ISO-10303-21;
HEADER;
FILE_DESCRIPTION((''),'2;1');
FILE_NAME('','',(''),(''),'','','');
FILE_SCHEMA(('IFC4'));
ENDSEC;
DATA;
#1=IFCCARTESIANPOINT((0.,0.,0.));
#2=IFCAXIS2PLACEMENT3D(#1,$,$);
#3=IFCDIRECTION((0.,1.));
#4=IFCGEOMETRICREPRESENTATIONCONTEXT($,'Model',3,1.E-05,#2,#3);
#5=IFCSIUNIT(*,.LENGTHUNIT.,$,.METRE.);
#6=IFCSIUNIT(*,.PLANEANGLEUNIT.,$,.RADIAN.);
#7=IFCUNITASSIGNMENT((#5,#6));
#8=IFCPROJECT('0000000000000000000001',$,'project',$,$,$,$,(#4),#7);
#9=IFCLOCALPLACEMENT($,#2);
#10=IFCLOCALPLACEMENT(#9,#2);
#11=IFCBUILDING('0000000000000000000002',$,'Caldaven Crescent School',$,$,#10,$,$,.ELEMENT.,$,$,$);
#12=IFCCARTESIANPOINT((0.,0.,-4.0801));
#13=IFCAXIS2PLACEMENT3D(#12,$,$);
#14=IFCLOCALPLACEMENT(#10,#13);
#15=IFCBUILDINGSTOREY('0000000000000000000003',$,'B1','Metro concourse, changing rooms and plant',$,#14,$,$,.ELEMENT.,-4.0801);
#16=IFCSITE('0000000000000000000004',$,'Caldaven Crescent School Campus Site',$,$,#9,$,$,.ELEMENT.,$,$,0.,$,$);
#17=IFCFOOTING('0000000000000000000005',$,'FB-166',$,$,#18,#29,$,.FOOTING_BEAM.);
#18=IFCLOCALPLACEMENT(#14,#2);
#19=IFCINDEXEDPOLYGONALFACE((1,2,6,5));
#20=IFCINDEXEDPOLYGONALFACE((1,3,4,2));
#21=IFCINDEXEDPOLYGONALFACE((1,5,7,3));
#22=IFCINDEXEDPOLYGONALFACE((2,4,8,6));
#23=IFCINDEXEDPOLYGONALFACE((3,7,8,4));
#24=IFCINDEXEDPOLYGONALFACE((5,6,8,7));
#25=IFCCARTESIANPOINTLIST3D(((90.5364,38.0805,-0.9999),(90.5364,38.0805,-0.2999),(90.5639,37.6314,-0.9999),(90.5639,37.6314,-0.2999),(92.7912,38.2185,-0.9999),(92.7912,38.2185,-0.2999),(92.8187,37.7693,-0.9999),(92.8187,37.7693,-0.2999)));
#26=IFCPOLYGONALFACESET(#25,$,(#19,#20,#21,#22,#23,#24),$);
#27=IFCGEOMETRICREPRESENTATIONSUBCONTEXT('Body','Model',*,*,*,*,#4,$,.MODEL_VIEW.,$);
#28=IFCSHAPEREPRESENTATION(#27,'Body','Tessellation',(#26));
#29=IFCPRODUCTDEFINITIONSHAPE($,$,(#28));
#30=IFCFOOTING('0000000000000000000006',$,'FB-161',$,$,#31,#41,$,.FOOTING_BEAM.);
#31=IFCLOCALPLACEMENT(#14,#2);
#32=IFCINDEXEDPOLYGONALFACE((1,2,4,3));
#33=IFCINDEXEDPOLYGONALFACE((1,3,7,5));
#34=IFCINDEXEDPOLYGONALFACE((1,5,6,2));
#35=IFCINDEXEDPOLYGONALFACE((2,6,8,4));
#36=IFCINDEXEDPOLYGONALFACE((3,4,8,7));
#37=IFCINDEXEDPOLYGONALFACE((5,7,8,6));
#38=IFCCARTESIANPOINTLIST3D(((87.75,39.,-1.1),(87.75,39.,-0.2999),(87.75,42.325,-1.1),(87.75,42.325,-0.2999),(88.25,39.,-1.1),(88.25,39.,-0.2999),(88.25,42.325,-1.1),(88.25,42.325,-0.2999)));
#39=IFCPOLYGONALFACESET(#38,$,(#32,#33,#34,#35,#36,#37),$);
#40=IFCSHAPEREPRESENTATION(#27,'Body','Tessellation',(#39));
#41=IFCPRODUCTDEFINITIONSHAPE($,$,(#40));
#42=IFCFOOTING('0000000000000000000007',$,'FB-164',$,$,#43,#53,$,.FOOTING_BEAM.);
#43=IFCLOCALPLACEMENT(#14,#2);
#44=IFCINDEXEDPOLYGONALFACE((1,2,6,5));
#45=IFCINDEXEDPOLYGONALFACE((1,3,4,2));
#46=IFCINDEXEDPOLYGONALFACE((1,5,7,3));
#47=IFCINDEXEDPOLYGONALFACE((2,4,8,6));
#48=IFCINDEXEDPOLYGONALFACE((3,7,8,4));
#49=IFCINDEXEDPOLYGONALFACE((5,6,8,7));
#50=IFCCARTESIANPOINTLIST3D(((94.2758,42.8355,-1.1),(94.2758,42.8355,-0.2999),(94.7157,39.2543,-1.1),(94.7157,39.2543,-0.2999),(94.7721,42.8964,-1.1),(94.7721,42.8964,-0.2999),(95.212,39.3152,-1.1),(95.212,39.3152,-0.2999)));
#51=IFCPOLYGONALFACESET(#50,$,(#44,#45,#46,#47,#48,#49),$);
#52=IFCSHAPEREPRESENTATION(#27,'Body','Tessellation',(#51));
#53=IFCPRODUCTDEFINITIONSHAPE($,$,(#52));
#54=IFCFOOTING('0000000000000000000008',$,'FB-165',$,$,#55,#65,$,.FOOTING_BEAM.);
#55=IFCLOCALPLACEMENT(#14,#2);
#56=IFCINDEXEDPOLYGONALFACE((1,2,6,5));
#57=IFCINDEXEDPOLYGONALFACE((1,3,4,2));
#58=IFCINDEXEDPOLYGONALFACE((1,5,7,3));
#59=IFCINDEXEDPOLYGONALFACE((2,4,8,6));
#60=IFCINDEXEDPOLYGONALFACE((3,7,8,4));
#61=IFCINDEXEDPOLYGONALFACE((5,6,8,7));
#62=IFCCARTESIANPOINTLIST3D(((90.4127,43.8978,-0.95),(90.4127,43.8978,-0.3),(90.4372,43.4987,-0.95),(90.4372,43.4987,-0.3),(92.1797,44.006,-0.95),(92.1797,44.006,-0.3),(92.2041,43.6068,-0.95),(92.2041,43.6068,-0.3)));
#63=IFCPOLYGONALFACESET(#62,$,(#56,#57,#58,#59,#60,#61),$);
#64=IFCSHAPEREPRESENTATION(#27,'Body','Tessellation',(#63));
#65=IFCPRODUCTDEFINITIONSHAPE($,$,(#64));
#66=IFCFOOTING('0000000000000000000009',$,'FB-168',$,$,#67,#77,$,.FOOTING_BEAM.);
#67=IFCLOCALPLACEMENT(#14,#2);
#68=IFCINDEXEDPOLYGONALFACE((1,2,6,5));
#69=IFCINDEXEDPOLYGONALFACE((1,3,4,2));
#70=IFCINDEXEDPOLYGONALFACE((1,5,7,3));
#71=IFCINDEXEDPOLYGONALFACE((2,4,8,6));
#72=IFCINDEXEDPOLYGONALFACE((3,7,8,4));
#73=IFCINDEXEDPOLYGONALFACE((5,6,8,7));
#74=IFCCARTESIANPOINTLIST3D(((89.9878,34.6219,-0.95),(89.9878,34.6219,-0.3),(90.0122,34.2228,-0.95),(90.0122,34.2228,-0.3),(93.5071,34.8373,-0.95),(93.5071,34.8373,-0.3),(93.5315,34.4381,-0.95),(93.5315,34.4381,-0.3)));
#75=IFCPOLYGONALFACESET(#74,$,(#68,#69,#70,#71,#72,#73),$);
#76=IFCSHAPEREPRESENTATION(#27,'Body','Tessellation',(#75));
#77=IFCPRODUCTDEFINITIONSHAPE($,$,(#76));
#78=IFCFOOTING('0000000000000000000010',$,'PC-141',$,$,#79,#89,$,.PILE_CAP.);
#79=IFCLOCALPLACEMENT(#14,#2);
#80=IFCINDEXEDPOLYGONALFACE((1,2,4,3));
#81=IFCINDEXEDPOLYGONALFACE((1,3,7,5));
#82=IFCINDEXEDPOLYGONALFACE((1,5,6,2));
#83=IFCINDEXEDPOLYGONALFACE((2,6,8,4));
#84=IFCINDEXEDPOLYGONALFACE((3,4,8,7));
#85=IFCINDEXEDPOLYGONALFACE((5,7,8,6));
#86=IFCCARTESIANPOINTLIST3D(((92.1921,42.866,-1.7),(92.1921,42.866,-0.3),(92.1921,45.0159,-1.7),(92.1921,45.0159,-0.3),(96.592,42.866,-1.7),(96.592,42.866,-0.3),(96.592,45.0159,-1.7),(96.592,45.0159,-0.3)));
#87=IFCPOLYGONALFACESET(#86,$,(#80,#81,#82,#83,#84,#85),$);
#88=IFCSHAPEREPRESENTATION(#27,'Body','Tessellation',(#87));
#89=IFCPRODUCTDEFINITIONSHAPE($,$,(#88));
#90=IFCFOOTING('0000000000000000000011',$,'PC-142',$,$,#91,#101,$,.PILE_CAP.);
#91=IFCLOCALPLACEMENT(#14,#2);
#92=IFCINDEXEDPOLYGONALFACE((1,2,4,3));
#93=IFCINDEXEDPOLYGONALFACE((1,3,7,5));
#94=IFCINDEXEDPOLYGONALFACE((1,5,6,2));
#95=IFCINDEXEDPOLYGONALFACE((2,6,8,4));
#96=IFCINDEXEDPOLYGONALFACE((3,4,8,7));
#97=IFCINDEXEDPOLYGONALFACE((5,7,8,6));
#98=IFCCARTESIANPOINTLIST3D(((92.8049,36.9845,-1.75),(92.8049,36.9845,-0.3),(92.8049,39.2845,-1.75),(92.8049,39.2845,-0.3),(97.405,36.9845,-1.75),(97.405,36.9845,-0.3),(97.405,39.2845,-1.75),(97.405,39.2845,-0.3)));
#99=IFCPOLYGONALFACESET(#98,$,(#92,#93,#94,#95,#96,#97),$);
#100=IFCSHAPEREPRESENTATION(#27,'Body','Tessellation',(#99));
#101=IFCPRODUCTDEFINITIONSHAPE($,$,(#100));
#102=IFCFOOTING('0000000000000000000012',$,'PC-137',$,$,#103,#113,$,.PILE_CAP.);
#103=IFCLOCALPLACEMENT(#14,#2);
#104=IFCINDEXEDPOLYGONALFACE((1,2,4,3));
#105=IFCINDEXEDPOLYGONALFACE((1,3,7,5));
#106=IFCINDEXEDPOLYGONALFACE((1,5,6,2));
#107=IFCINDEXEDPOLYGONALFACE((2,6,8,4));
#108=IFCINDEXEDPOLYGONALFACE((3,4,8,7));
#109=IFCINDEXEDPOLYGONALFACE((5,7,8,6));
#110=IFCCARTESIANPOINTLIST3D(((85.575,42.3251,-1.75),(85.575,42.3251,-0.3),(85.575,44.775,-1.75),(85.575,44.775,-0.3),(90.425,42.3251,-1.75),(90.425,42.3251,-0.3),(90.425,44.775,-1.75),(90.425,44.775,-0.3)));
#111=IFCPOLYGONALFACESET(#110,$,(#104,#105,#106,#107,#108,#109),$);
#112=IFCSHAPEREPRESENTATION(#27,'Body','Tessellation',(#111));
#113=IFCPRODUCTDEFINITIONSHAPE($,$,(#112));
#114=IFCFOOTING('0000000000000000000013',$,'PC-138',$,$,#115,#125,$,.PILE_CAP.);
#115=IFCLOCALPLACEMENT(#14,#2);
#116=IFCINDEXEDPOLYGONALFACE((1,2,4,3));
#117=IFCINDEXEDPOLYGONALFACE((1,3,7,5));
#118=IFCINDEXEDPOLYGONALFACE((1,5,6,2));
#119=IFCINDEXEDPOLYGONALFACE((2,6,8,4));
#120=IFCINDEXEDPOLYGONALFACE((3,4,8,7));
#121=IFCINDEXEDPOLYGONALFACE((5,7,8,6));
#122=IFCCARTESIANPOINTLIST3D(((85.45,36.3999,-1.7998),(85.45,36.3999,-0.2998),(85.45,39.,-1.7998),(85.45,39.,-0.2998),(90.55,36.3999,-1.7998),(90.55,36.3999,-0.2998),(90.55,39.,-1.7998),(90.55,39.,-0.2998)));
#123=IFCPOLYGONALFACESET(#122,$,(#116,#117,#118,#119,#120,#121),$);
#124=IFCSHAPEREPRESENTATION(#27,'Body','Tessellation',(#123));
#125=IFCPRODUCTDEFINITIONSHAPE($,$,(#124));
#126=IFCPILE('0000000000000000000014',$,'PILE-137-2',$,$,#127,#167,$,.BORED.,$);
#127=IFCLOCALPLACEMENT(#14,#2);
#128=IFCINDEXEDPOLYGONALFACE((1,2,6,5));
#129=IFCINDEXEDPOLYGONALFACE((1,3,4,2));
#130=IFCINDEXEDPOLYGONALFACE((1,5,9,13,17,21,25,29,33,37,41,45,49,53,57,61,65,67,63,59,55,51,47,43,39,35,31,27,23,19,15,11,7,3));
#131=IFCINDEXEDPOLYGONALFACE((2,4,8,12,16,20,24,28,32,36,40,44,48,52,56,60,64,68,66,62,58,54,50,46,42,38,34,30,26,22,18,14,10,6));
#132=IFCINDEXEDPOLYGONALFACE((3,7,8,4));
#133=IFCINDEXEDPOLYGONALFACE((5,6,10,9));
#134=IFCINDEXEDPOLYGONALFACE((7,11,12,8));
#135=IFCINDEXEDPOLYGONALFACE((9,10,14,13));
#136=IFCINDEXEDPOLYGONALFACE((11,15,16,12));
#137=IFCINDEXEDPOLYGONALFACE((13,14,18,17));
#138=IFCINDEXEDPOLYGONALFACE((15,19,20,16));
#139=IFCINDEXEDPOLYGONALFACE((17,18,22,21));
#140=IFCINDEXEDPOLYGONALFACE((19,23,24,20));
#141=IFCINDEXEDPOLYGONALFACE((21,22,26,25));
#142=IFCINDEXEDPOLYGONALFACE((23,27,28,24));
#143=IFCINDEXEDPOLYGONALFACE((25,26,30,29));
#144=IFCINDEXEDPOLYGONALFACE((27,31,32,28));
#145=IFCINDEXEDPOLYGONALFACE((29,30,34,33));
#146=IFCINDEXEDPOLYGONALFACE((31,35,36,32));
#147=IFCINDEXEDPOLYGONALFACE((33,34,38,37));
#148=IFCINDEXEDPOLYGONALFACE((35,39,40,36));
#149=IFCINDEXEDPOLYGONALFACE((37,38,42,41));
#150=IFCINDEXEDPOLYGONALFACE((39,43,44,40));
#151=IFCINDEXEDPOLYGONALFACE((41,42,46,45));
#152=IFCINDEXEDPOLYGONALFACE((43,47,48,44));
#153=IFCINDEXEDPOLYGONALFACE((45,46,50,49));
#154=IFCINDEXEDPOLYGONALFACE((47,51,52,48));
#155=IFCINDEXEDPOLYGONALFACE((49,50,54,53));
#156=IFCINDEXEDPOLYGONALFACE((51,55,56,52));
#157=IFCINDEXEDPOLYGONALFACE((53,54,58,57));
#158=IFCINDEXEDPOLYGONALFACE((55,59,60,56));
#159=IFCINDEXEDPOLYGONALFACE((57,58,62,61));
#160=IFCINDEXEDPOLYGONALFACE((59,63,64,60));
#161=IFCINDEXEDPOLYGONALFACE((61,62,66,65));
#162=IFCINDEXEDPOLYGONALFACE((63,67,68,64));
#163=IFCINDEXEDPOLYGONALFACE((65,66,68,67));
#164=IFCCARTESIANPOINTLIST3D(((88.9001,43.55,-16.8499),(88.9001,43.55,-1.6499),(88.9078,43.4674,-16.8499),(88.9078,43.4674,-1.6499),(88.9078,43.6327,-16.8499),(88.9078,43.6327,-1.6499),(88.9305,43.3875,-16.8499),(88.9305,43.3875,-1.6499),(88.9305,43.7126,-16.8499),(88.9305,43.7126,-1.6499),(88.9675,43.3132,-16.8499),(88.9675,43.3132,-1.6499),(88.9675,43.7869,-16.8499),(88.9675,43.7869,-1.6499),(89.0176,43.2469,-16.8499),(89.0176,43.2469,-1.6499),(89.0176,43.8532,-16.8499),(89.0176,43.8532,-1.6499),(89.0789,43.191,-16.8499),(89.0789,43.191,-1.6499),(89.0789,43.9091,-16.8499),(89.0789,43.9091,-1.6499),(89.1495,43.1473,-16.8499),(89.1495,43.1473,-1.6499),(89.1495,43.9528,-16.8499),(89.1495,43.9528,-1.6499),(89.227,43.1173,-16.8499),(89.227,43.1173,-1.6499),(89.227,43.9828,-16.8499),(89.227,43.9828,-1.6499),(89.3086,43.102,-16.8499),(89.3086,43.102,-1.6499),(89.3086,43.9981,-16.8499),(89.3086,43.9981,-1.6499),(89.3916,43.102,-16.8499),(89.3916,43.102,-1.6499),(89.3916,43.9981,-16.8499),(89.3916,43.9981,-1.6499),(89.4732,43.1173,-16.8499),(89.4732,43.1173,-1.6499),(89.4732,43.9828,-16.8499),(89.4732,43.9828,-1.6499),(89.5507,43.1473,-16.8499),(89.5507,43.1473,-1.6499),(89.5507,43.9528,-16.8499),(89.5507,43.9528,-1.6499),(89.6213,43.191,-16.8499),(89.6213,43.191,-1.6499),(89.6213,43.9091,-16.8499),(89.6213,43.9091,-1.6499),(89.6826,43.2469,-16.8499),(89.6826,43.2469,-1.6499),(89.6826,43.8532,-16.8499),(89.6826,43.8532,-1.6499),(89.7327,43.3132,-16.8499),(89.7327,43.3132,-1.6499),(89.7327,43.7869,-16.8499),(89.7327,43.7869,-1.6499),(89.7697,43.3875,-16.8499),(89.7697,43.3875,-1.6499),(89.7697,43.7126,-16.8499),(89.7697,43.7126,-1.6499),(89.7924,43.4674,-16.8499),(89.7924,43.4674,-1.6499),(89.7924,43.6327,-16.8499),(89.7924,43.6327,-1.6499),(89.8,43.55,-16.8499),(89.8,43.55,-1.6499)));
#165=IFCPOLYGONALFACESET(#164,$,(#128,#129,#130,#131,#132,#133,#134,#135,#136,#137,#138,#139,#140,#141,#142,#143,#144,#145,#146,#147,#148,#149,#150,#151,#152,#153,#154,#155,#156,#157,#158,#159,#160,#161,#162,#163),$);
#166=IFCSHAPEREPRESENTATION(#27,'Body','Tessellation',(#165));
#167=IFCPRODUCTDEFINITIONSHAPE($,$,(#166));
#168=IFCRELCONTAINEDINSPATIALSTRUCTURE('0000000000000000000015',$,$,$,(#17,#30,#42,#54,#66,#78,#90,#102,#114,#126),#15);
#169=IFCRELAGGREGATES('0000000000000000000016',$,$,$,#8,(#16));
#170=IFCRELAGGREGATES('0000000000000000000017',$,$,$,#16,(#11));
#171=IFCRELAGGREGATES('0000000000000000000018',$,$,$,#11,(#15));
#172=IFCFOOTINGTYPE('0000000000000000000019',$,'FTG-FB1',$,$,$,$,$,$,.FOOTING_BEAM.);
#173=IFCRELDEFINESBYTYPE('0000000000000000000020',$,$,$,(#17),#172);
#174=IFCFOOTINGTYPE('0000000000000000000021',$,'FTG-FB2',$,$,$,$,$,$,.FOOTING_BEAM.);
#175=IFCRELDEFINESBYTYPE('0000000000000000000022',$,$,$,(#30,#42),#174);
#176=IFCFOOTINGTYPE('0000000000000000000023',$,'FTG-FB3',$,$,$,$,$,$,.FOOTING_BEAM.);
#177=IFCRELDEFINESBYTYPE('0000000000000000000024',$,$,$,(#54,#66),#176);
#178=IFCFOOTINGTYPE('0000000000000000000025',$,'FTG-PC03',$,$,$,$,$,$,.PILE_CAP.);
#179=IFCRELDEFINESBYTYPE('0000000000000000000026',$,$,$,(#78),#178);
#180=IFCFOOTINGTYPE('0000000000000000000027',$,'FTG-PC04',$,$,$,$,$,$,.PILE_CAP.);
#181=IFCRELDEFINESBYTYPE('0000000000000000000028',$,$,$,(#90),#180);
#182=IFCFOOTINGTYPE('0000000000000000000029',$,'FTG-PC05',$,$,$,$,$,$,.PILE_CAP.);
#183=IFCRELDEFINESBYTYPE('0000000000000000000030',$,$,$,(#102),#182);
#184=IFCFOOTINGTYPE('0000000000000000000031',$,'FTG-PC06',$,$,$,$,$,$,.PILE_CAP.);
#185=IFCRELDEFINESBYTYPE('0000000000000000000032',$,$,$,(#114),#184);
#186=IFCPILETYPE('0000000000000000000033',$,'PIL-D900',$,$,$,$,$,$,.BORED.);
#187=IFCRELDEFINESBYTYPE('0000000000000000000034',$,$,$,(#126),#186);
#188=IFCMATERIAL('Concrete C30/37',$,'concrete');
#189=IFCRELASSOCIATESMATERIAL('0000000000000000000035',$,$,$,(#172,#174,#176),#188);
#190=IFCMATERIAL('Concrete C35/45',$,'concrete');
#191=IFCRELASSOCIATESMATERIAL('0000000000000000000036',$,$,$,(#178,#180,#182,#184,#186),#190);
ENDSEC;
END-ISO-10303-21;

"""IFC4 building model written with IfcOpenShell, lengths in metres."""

from ifc_helpers import new_model, si_unit, direction, frame, origin, origin_2d, place, context, subcontext, project, spatial, rectangle, circle, extrude, material, material_profile, profile_set, type_object, element, save


model = new_model("IFC4")

# Units and contexts
model_context = context("Model", 3, precision=1e-05, world=origin(), true_north=direction((0.0, 1.0)))
body_context = subcontext(model_context, "Body", "Model", "MODEL_VIEW")
ifc_project = project(units=[si_unit("LENGTHUNIT", "METRE"), si_unit("PLANEANGLEUNIT", "RADIAN")], contexts=[model_context])

# Site, building, storey
site_placement = place(None, origin())
site = spatial("IfcSite", under=ifc_project, at=site_placement, Name="Caldaven Crescent School Campus Site", CompositionType="ELEMENT", RefElevation=0.0)
building_placement = place(site_placement, origin())
building = spatial("IfcBuilding", under=site, at=building_placement, Name="Caldaven Crescent School", CompositionType="ELEMENT")
storey_placement = place(building_placement, frame((0.0, 0.0, -4.0801)))
storey = spatial("IfcBuildingStorey", under=building, at=storey_placement, Name="B1", Description="Metro concourse, changing rooms and plant", CompositionType="ELEMENT", Elevation=-4.0801)

# Footings
ifc_material_1 = material(Name="Concrete C30/37", Category="concrete")
ifc_material_profile_1 = material_profile(ifc_material_1, rectangle(XDim=0.45, YDim=0.7, at=origin_2d()), Name="FB 450x700")
ifc_profile_set_1 = profile_set([ifc_material_profile_1], Name="Concrete C30/37")
footing_type_1 = type_object("IfcFootingType", Name="FTG-FB1", PredefinedType="FOOTING_BEAM", material=ifc_profile_set_1)
footing_1_placement = place(storey_placement, frame((92.8049, 37.9939, -0.6499), z_axis=(-0.998134, -0.06106, 0.0), x_axis=(0.06106, -0.998134, 0.0)))
element("IfcFooting", 1, at=footing_1_placement, inside=storey, type_object=footing_type_1, Name="FB-166", PredefinedType="FOOTING_BEAM", context=body_context, shape_type="SweptSolid", body=[
    extrude(rectangle(XDim=0.45, YDim=0.7, at=origin_2d()), origin(), (0.0, 0.0, 1.0), 2.259),
])
ifc_material_profile_2 = material_profile(ifc_material_1, rectangle(XDim=0.5, YDim=0.8, at=origin_2d()), Name="FB 500x800")
ifc_profile_set_2 = profile_set([ifc_material_profile_2], Name="Concrete C30/37")
footing_type_2 = type_object("IfcFootingType", Name="FTG-FB2", PredefinedType="FOOTING_BEAM", material=ifc_profile_set_2)
footing_2_placement = place(storey_placement, frame((88.0, 42.325, -0.7), z_axis=(0.0, -1.0, 0.0), x_axis=(1.0, 0.0, 0.0)))
element("IfcFooting", 2, at=footing_2_placement, inside=storey, type_object=footing_type_2, Name="FB-161", PredefinedType="FOOTING_BEAM", context=body_context, shape_type="SweptSolid", body=[
    extrude(rectangle(XDim=0.5, YDim=0.8, at=origin_2d()), origin(), (0.0, 0.0, 1.0), 3.325),
])
footing_3_placement = place(storey_placement, frame((94.5239, 42.866, -0.7), z_axis=(0.121928, -0.992539, 0.0), x_axis=(0.992539, 0.121928, 0.0)))
element("IfcFooting", 3, at=footing_3_placement, inside=storey, type_object=footing_type_2, Name="FB-164", PredefinedType="FOOTING_BEAM", context=body_context, shape_type="SweptSolid", body=[
    extrude(rectangle(XDim=0.5, YDim=0.8, at=origin_2d()), origin(), (0.0, 0.0, 1.0), 3.6082),
])
ifc_material_profile_3 = material_profile(ifc_material_1, rectangle(XDim=0.3999, YDim=0.6499, at=origin_2d()), Name="FB 400x650")
ifc_profile_set_3 = profile_set([ifc_material_profile_3], Name="Concrete C30/37")
footing_type_3 = type_object("IfcFootingType", Name="FTG-FB3", PredefinedType="FOOTING_BEAM", material=ifc_profile_set_3)
footing_4_placement = place(storey_placement, frame((92.1919, 43.8064, -0.625), z_axis=(-0.998132, -0.061099, 0.0), x_axis=(0.061099, -0.998132, 0.0)))
element("IfcFooting", 4, at=footing_4_placement, inside=storey, type_object=footing_type_3, Name="FB-165", PredefinedType="FOOTING_BEAM", context=body_context, shape_type="SweptSolid", body=[
    extrude(rectangle(XDim=0.3999, YDim=0.6499, at=origin_2d()), origin(), (0.0, 0.0, 1.0), 1.7703),
])
footing_5_placement = place(storey_placement, frame((93.5193, 34.6377, -0.625), z_axis=(-0.998133, -0.061072, 0.0), x_axis=(0.061072, -0.998133, 0.0)))
element("IfcFooting", 5, at=footing_5_placement, inside=storey, type_object=footing_type_3, Name="FB-168", PredefinedType="FOOTING_BEAM", context=body_context, shape_type="SweptSolid", body=[
    extrude(rectangle(XDim=0.3999, YDim=0.6499, at=origin_2d()), origin(), (0.0, 0.0, 1.0), 3.5259),
])
ifc_material_2 = material(Name="Concrete C35/45", Category="concrete")
footing_type_4 = type_object("IfcFootingType", Name="FTG-PC03", PredefinedType="PILE_CAP", material=ifc_material_2)
footing_6_placement = place(storey_placement, frame((94.3921, 43.9409, -1.7), z_axis=(0.0, 0.0, 1.0), x_axis=(1.0, 0.0, 0.0)))
element("IfcFooting", 6, at=footing_6_placement, inside=storey, type_object=footing_type_4, Name="PC-141", PredefinedType="PILE_CAP", context=body_context, shape_type="SweptSolid", body=[
    extrude(rectangle(XDim=4.3999, YDim=2.1499, at=origin_2d()), origin(), (0.0, 0.0, 1.0), 1.3999),
])
footing_type_5 = type_object("IfcFootingType", Name="FTG-PC04", PredefinedType="PILE_CAP", material=ifc_material_2)
footing_7_placement = place(storey_placement, frame((95.105, 38.1345, -1.75), z_axis=(0.0, 0.0, 1.0), x_axis=(1.0, 0.0, 0.0)))
element("IfcFooting", 7, at=footing_7_placement, inside=storey, type_object=footing_type_5, Name="PC-142", PredefinedType="PILE_CAP", context=body_context, shape_type="SweptSolid", body=[
    extrude(rectangle(XDim=4.6001, YDim=2.3, at=origin_2d()), origin(), (0.0, 0.0, 1.0), 1.45),
])
footing_type_6 = type_object("IfcFootingType", Name="FTG-PC05", PredefinedType="PILE_CAP", material=ifc_material_2)
footing_8_placement = place(storey_placement, frame((88.0, 43.55, -1.75), z_axis=(0.0, 0.0, 1.0), x_axis=(1.0, 0.0, 0.0)))
element("IfcFooting", 8, at=footing_8_placement, inside=storey, type_object=footing_type_6, Name="PC-137", PredefinedType="PILE_CAP", context=body_context, shape_type="SweptSolid", body=[
    extrude(rectangle(XDim=4.8501, YDim=2.45, at=origin_2d()), origin(), (0.0, 0.0, 1.0), 1.45),
])
footing_type_7 = type_object("IfcFootingType", Name="FTG-PC06", PredefinedType="PILE_CAP", material=ifc_material_2)
footing_9_placement = place(storey_placement, frame((88.0, 37.7, -1.7998), z_axis=(0.0, 0.0, 1.0), x_axis=(1.0, 0.0, 0.0)))
element("IfcFooting", 9, at=footing_9_placement, inside=storey, type_object=footing_type_7, Name="PC-138", PredefinedType="PILE_CAP", context=body_context, shape_type="SweptSolid", body=[
    extrude(rectangle(XDim=5.1001, YDim=2.6001, at=origin_2d()), origin(), (0.0, 0.0, 1.0), 1.5),
])

# Pile
ifc_material_profile_4 = material_profile(ifc_material_2, circle(Radius=0.45, at=origin_2d()), Name="PILE D900")
ifc_profile_set_4 = profile_set([ifc_material_profile_4], Name="Concrete C35/45")
pile_type = type_object("IfcPileType", Name="PIL-D900", PredefinedType="BORED", material=ifc_profile_set_4)
for number, where, z_axis, x_axis, name in (
    (10, (89.3501, 43.55, -1.6499), (0.0, 0.0, -1.0), (1.0, 0.0, 0.0), "PILE-137-2"),
):
    element("IfcPile", number, at=place(storey_placement, frame(where, z_axis=z_axis, x_axis=x_axis)), inside=storey, type_object=pile_type, Name=name, PredefinedType="BORED", context=body_context, shape_type="SweptSolid", body=[
        extrude(circle(Radius=0.45, at=origin_2d()), origin(), (0.0, 0.0, 1.0), 15.2),
    ])

save(model, "model.ifc")
